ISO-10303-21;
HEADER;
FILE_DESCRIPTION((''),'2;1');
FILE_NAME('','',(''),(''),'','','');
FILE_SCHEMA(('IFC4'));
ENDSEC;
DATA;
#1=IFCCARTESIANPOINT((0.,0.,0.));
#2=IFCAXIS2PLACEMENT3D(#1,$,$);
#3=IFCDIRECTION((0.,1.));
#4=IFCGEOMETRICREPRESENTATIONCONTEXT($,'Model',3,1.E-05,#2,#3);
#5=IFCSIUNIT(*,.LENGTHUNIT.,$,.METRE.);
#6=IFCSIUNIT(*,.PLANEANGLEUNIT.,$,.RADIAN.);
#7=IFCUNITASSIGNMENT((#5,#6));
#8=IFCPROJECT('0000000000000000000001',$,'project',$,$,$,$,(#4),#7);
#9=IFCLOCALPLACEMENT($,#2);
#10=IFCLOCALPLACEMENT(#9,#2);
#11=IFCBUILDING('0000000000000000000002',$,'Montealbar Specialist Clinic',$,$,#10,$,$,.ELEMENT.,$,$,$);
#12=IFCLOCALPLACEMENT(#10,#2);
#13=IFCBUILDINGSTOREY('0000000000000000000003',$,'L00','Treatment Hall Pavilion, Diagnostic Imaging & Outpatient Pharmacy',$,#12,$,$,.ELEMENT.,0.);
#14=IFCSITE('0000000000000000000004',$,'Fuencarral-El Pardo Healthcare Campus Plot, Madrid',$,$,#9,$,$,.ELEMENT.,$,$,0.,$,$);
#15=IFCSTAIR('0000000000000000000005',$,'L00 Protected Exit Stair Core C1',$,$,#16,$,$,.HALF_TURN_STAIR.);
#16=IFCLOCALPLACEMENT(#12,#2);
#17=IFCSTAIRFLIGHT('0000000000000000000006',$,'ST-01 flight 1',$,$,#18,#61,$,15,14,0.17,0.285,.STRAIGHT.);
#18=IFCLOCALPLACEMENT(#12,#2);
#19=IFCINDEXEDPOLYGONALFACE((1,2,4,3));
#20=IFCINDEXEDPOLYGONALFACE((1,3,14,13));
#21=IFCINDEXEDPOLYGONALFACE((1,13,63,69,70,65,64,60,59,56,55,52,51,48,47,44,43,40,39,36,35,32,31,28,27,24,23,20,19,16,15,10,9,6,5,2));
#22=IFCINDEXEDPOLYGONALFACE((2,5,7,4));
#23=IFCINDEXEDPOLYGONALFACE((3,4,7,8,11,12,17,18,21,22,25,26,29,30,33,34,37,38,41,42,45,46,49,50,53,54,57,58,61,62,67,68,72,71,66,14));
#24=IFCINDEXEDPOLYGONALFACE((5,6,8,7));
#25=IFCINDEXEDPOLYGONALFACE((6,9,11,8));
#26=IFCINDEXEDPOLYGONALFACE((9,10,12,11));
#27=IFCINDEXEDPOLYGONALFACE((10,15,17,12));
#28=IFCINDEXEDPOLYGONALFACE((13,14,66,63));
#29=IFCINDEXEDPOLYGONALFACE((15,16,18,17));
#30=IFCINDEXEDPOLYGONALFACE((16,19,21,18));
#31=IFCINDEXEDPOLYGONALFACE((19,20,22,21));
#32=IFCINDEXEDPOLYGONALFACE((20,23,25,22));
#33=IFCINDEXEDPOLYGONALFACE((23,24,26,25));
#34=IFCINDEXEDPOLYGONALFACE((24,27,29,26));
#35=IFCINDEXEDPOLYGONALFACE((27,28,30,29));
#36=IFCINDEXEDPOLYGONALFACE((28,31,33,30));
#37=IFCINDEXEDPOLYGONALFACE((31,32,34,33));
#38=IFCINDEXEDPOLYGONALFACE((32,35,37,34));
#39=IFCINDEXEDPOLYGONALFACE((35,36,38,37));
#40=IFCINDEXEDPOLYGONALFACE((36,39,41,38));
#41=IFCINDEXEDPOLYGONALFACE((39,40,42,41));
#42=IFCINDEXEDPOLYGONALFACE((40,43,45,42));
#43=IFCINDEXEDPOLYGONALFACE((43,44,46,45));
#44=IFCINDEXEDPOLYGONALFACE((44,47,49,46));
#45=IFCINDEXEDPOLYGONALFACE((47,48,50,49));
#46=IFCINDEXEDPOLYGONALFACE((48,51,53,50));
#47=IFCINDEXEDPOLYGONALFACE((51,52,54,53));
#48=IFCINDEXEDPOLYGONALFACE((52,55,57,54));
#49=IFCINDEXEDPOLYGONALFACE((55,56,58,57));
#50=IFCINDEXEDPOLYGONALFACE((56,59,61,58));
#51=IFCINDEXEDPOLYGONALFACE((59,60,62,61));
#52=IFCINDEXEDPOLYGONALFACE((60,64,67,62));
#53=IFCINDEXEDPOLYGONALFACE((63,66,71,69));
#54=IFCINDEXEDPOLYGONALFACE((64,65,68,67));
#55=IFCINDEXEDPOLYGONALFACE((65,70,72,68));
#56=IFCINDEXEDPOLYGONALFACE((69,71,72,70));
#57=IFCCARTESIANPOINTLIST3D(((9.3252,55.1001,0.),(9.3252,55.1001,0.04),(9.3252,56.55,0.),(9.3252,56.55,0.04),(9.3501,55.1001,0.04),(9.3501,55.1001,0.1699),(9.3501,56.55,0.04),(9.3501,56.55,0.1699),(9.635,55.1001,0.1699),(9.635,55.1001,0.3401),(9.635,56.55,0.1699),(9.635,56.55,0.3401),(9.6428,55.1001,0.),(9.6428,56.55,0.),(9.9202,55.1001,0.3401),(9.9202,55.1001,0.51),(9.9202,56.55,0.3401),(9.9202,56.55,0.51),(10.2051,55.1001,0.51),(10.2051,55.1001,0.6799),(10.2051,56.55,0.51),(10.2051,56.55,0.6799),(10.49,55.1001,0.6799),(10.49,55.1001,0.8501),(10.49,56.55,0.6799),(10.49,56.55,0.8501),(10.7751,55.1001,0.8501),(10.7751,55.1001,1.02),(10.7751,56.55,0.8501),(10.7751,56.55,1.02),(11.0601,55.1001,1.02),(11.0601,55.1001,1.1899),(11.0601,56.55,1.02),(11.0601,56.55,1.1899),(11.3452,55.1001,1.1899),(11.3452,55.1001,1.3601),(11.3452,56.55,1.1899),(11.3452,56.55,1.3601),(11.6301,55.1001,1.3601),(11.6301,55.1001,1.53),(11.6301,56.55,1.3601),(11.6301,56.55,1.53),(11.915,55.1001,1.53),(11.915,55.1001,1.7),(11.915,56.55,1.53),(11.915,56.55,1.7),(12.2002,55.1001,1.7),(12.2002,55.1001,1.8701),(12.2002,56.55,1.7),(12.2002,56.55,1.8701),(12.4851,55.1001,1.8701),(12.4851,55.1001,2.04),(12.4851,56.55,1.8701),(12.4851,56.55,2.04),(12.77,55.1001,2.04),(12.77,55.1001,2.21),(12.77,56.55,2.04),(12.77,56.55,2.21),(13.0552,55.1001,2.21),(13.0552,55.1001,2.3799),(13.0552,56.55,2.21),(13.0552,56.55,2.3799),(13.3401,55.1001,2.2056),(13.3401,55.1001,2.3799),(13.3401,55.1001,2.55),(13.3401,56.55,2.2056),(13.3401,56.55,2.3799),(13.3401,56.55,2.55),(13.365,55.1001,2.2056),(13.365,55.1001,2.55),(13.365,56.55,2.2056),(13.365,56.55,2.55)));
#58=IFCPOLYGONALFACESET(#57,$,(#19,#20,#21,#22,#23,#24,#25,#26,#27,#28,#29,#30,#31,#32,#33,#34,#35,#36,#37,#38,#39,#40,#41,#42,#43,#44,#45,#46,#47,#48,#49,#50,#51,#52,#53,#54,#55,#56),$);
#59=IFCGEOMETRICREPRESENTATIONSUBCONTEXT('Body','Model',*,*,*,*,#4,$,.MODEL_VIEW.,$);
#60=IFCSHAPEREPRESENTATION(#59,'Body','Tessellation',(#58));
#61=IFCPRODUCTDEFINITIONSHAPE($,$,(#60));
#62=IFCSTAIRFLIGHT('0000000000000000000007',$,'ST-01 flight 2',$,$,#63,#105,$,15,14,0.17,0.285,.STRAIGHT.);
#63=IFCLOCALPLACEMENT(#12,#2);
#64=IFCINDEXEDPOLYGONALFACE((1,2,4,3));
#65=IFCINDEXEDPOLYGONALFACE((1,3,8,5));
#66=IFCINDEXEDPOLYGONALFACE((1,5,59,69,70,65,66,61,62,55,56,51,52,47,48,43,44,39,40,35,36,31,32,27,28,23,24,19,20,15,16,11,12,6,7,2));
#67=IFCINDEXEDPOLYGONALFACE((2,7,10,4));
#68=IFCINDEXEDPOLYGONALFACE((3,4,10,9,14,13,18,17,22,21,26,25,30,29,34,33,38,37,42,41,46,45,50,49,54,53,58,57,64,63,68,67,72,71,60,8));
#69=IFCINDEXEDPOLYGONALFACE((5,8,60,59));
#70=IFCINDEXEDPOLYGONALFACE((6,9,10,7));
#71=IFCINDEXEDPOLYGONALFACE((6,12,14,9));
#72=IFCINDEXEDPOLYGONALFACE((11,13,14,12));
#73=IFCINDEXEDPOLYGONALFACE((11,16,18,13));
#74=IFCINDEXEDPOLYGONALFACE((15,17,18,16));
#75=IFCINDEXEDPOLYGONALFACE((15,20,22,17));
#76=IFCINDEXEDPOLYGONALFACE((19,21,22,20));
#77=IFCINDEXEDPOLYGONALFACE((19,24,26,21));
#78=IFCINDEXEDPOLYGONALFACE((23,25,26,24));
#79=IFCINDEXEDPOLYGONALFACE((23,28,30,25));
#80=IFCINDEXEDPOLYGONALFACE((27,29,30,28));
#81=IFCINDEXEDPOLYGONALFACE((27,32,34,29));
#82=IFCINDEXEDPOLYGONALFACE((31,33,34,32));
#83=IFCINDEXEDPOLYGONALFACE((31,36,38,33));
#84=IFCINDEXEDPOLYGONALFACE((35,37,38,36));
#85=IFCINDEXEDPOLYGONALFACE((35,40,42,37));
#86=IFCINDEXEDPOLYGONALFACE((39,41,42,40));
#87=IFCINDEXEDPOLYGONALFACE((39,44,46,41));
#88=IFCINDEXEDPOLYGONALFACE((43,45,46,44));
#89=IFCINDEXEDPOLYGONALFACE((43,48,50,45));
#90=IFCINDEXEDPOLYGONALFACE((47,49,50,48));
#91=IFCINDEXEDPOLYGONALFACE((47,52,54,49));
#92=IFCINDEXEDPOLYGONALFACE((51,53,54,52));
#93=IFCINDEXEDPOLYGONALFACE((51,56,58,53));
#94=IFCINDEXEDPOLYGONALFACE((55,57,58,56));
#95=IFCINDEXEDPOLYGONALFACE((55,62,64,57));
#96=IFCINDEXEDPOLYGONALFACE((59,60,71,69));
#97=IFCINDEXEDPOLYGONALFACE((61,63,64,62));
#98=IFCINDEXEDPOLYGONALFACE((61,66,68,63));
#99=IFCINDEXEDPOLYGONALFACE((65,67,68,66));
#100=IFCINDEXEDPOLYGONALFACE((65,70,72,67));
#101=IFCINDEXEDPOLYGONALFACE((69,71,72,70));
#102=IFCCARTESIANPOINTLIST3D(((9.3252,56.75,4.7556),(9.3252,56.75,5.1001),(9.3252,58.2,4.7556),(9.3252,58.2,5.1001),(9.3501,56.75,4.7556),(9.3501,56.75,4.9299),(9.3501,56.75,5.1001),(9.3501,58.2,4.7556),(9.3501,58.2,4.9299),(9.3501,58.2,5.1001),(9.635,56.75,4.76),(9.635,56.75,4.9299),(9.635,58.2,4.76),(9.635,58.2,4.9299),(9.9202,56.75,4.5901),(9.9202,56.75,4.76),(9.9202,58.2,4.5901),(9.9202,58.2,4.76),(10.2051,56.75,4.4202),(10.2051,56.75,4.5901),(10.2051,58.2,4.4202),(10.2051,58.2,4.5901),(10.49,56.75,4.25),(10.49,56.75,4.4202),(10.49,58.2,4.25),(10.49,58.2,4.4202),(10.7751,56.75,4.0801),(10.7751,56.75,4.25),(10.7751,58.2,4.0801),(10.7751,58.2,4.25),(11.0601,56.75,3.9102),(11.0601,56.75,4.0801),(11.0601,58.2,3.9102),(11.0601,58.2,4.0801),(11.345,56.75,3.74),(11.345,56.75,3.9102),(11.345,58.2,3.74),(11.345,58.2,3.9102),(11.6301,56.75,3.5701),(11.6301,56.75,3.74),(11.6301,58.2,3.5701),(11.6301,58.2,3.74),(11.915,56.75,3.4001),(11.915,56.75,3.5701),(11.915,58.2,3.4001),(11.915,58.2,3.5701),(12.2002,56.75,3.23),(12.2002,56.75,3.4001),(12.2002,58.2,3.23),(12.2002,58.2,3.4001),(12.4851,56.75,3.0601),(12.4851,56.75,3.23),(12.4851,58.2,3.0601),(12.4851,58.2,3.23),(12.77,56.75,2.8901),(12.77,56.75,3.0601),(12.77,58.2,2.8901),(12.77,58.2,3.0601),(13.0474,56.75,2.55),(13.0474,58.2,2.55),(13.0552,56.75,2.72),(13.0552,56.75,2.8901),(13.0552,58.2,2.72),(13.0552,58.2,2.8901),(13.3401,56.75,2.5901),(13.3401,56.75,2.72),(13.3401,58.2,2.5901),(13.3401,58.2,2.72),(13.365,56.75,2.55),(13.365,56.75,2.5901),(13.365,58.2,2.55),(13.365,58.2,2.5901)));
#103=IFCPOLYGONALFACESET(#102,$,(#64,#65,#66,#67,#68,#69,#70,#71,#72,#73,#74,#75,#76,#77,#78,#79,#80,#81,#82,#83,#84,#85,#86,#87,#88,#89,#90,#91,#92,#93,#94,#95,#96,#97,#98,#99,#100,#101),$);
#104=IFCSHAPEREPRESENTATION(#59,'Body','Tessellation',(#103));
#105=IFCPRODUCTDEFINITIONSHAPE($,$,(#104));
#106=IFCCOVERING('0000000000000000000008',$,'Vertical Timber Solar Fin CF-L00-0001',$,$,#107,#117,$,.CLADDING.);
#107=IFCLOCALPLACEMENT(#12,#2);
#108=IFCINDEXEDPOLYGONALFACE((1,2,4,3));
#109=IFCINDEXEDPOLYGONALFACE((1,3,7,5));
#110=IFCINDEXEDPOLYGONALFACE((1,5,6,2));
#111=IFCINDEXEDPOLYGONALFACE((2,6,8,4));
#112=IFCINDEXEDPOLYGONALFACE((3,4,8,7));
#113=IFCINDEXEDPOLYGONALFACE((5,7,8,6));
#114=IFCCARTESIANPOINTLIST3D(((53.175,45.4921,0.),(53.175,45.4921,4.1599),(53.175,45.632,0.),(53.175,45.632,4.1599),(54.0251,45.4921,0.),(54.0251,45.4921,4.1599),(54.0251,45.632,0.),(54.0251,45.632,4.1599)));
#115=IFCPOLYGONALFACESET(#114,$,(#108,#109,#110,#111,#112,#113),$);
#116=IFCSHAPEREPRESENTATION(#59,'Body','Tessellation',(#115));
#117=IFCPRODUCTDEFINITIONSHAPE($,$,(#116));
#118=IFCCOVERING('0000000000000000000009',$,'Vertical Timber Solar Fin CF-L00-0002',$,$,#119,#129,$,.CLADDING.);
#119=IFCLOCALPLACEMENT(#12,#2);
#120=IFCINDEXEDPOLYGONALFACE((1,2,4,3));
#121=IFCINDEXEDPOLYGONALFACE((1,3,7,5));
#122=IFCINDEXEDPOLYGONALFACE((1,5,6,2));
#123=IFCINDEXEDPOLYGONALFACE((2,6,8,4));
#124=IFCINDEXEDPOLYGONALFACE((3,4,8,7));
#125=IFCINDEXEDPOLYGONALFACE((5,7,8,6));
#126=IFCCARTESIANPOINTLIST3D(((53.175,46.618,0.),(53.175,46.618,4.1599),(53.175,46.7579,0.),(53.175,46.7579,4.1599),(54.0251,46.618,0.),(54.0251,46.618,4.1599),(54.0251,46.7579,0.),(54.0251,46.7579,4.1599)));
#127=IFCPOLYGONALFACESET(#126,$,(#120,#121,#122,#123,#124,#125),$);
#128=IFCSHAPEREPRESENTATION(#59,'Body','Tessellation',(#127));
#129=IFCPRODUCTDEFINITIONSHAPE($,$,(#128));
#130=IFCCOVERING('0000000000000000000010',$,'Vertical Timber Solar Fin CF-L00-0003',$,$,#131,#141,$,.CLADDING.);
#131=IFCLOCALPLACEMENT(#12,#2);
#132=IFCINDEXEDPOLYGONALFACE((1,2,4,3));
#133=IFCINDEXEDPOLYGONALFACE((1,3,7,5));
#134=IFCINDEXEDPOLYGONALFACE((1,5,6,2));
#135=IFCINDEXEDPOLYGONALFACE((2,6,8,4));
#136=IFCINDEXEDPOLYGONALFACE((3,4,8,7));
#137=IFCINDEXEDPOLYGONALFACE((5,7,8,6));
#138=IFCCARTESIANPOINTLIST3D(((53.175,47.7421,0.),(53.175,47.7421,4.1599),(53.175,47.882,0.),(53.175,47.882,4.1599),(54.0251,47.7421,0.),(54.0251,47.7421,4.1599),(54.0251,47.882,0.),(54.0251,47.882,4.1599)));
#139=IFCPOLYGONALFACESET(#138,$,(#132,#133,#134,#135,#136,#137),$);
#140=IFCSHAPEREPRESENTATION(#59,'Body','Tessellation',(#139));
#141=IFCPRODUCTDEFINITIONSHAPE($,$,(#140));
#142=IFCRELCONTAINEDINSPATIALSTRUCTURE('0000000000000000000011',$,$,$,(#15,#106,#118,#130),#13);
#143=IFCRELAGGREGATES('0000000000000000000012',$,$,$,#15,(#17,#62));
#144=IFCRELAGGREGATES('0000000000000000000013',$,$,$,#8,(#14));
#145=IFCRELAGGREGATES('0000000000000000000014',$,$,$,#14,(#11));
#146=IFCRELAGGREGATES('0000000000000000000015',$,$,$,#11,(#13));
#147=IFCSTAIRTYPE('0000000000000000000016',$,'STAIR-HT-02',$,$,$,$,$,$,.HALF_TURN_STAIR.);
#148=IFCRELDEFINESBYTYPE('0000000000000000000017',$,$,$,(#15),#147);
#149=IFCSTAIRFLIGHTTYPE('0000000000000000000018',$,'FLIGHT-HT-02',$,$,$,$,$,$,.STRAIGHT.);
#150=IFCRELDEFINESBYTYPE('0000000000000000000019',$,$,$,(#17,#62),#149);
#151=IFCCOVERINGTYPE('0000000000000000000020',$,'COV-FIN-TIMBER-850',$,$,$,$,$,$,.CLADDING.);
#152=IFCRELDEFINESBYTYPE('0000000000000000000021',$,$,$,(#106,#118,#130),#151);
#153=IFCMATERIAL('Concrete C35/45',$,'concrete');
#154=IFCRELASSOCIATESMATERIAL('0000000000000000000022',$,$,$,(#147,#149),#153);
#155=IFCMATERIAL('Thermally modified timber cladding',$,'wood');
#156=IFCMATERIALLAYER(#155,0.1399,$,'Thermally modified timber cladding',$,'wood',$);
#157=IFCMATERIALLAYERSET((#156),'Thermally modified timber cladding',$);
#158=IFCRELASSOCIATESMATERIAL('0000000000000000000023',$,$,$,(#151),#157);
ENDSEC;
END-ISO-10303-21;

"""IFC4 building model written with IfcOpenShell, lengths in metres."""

from ifc_helpers import new_model, si_unit, direction, frame, origin, origin_2d, place, context, subcontext, project, spatial, polyline, rectangle, outline, extrude, material, layer, layer_set, type_object, element, aggregate, save


model = new_model("IFC4")

# Units and contexts
model_context = context("Model", 3, precision=1e-05, world=origin(), true_north=direction((0.0, 1.0)))
body_context = subcontext(model_context, "Body", "Model", "MODEL_VIEW")
ifc_project = project(units=[si_unit("LENGTHUNIT", "METRE"), si_unit("PLANEANGLEUNIT", "RADIAN")], contexts=[model_context])

# Site, building, storey
site_placement = place(None, origin())
site = spatial("IfcSite", under=ifc_project, at=site_placement, Name="Fuencarral-El Pardo Healthcare Campus Plot, Madrid", CompositionType="ELEMENT", RefElevation=0.0)
building_placement = place(site_placement, origin())
building = spatial("IfcBuilding", under=site, at=building_placement, Name="Montealbar Specialist Clinic", CompositionType="ELEMENT")
storey_placement = place(building_placement, origin())
storey = spatial("IfcBuildingStorey", under=building, at=storey_placement, Name="L00", Description="Treatment Hall Pavilion, Diagnostic Imaging & Outpatient Pharmacy", CompositionType="ELEMENT", Elevation=0.0)

# Shared definitions
ifc_material_1 = material(Name="Concrete C35/45", Category="concrete")

# Stair, stair flights
stair_type = type_object("IfcStairType", Name="STAIR-HT-02", PredefinedType="HALF_TURN_STAIR", material=ifc_material_1)
stair_placement = place(storey_placement, origin())
stair = element("IfcStair", 1, at=stair_placement, inside=storey, type_object=stair_type, Name="L00 Protected Exit Stair Core C1", PredefinedType="HALF_TURN_STAIR")
stair_flight_type = type_object("IfcStairFlightType", Name="FLIGHT-HT-02", PredefinedType="STRAIGHT", material=ifc_material_1)
stair_flight_1_placement = place(storey_placement, frame((9.3501, 55.825, 0.0), z_axis=(0.0, 0.0, 1.0), x_axis=(1.0, 0.0, 0.0)))
stair_flight_1 = element("IfcStairFlight", 2, at=stair_flight_1_placement, type_object=stair_flight_type, Name="ST-01 flight 1", NumberOfRisers=15, NumberOfTreads=14, PredefinedType="STRAIGHT", RiserHeight=0.17, TreadLength=0.285, context=body_context, shape_type="SweptSolid", body=[
    extrude(outline(polyline([(-0.0249, 0.0), (-0.0249, 0.04), (0.0, 0.04), (0.0, 0.1699), (0.2849, 0.1699), (0.2849, 0.3401), (0.5701, 0.3401), (0.5701, 0.51), (0.855, 0.51), (0.855, 0.6799), (1.1399, 0.6799), (1.1399, 0.8501), (1.425, 0.8501), (1.425, 1.02), (1.71, 1.02), (1.71, 1.1899), (1.9951, 1.1899), (1.9951, 1.3601), (2.28, 1.3601), (2.28, 1.53), (2.5649, 1.53), (2.5649, 1.7), (2.8501, 1.7), (2.8501, 1.8701), (3.135, 1.8701), (3.135, 2.04), (3.4199, 2.04), (3.4199, 2.21), (3.7051, 2.21), (3.7051, 2.3799), (3.99, 2.3799), (3.99, 2.55), (4.0149, 2.55), (4.0149, 2.2056), (3.99, 2.2056), (0.2927, 0.0), (-0.0249, 0.0)])), frame((0.0, 0.7251, 0.0), z_axis=(0.0, -1.0, 0.0), x_axis=(1.0, 0.0, 0.0)), (0.0, 0.0, 1.0), 1.45),
])
stair_flight_2_placement = place(storey_placement, frame((13.3401, 57.4751, 2.55), z_axis=(0.0, 0.0, 1.0), x_axis=(-1.0, 0.0, 0.0)))
stair_flight_2 = element("IfcStairFlight", 3, at=stair_flight_2_placement, type_object=stair_flight_type, Name="ST-01 flight 2", NumberOfRisers=15, NumberOfTreads=14, PredefinedType="STRAIGHT", RiserHeight=0.17, TreadLength=0.285, context=body_context, shape_type="SweptSolid", body=[
    extrude(outline(polyline([(-0.0249, 0.0), (-0.0249, 0.04), (0.0, 0.04), (0.0, 0.1699), (0.2849, 0.1699), (0.2849, 0.3401), (0.5701, 0.3401), (0.5701, 0.51), (0.855, 0.51), (0.855, 0.6799), (1.1399, 0.6799), (1.1399, 0.8501), (1.425, 0.8501), (1.425, 1.02), (1.71, 1.02), (1.71, 1.1899), (1.9951, 1.1899), (1.9951, 1.3601), (2.28, 1.3601), (2.28, 1.53), (2.5649, 1.53), (2.5649, 1.7), (2.8501, 1.7), (2.8501, 1.8701), (3.135, 1.8701), (3.135, 2.04), (3.4199, 2.04), (3.4199, 2.21), (3.7051, 2.21), (3.7051, 2.3799), (3.99, 2.3799), (3.99, 2.55), (4.0149, 2.55), (4.0149, 2.2056), (3.99, 2.2056), (0.2927, 0.0), (-0.0249, 0.0)])), frame((0.0, 0.7251, 0.0), z_axis=(0.0, -1.0, 0.0), x_axis=(1.0, 0.0, 0.0)), (0.0, 0.0, 1.0), 1.45),
])
aggregate(stair, [stair_flight_1, stair_flight_2])

# Coverings
ifc_material_2 = material(Name="Thermally modified timber cladding", Category="wood")
ifc_layer_1 = layer(ifc_material_2, 0.1399, Name="Thermally modified timber cladding", Category="wood")
ifc_layer_set_1 = layer_set([ifc_layer_1], Name="Thermally modified timber cladding")
covering_type = type_object("IfcCoveringType", Name="COV-FIN-TIMBER-850", PredefinedType="CLADDING", material=ifc_layer_set_1)
for number, where, z_axis, x_axis, name in (
    (4, (53.6001, 45.562, 0.0), (0.0, 0.0, 1.0), (-1.0, 0.0, 0.0), "Vertical Timber Solar Fin CF-L00-0001"),
    (5, (53.6001, 46.688, 0.0), (0.0, 0.0, 1.0), (-1.0, 0.0, 0.0), "Vertical Timber Solar Fin CF-L00-0002"),
    (6, (53.6001, 47.812, 0.0), (0.0, 0.0, 1.0), (-1.0, 0.0, 0.0), "Vertical Timber Solar Fin CF-L00-0003"),
):
    element("IfcCovering", number, at=place(storey_placement, frame(where, z_axis=z_axis, x_axis=x_axis)), inside=storey, type_object=covering_type, Name=name, PredefinedType="CLADDING", context=body_context, shape_type="SweptSolid", body=[
        extrude(rectangle(XDim=0.8501, YDim=0.1399, at=origin_2d()), origin(), (0.0, 0.0, 1.0), 4.1599),
    ])

save(model, "model.ifc")
